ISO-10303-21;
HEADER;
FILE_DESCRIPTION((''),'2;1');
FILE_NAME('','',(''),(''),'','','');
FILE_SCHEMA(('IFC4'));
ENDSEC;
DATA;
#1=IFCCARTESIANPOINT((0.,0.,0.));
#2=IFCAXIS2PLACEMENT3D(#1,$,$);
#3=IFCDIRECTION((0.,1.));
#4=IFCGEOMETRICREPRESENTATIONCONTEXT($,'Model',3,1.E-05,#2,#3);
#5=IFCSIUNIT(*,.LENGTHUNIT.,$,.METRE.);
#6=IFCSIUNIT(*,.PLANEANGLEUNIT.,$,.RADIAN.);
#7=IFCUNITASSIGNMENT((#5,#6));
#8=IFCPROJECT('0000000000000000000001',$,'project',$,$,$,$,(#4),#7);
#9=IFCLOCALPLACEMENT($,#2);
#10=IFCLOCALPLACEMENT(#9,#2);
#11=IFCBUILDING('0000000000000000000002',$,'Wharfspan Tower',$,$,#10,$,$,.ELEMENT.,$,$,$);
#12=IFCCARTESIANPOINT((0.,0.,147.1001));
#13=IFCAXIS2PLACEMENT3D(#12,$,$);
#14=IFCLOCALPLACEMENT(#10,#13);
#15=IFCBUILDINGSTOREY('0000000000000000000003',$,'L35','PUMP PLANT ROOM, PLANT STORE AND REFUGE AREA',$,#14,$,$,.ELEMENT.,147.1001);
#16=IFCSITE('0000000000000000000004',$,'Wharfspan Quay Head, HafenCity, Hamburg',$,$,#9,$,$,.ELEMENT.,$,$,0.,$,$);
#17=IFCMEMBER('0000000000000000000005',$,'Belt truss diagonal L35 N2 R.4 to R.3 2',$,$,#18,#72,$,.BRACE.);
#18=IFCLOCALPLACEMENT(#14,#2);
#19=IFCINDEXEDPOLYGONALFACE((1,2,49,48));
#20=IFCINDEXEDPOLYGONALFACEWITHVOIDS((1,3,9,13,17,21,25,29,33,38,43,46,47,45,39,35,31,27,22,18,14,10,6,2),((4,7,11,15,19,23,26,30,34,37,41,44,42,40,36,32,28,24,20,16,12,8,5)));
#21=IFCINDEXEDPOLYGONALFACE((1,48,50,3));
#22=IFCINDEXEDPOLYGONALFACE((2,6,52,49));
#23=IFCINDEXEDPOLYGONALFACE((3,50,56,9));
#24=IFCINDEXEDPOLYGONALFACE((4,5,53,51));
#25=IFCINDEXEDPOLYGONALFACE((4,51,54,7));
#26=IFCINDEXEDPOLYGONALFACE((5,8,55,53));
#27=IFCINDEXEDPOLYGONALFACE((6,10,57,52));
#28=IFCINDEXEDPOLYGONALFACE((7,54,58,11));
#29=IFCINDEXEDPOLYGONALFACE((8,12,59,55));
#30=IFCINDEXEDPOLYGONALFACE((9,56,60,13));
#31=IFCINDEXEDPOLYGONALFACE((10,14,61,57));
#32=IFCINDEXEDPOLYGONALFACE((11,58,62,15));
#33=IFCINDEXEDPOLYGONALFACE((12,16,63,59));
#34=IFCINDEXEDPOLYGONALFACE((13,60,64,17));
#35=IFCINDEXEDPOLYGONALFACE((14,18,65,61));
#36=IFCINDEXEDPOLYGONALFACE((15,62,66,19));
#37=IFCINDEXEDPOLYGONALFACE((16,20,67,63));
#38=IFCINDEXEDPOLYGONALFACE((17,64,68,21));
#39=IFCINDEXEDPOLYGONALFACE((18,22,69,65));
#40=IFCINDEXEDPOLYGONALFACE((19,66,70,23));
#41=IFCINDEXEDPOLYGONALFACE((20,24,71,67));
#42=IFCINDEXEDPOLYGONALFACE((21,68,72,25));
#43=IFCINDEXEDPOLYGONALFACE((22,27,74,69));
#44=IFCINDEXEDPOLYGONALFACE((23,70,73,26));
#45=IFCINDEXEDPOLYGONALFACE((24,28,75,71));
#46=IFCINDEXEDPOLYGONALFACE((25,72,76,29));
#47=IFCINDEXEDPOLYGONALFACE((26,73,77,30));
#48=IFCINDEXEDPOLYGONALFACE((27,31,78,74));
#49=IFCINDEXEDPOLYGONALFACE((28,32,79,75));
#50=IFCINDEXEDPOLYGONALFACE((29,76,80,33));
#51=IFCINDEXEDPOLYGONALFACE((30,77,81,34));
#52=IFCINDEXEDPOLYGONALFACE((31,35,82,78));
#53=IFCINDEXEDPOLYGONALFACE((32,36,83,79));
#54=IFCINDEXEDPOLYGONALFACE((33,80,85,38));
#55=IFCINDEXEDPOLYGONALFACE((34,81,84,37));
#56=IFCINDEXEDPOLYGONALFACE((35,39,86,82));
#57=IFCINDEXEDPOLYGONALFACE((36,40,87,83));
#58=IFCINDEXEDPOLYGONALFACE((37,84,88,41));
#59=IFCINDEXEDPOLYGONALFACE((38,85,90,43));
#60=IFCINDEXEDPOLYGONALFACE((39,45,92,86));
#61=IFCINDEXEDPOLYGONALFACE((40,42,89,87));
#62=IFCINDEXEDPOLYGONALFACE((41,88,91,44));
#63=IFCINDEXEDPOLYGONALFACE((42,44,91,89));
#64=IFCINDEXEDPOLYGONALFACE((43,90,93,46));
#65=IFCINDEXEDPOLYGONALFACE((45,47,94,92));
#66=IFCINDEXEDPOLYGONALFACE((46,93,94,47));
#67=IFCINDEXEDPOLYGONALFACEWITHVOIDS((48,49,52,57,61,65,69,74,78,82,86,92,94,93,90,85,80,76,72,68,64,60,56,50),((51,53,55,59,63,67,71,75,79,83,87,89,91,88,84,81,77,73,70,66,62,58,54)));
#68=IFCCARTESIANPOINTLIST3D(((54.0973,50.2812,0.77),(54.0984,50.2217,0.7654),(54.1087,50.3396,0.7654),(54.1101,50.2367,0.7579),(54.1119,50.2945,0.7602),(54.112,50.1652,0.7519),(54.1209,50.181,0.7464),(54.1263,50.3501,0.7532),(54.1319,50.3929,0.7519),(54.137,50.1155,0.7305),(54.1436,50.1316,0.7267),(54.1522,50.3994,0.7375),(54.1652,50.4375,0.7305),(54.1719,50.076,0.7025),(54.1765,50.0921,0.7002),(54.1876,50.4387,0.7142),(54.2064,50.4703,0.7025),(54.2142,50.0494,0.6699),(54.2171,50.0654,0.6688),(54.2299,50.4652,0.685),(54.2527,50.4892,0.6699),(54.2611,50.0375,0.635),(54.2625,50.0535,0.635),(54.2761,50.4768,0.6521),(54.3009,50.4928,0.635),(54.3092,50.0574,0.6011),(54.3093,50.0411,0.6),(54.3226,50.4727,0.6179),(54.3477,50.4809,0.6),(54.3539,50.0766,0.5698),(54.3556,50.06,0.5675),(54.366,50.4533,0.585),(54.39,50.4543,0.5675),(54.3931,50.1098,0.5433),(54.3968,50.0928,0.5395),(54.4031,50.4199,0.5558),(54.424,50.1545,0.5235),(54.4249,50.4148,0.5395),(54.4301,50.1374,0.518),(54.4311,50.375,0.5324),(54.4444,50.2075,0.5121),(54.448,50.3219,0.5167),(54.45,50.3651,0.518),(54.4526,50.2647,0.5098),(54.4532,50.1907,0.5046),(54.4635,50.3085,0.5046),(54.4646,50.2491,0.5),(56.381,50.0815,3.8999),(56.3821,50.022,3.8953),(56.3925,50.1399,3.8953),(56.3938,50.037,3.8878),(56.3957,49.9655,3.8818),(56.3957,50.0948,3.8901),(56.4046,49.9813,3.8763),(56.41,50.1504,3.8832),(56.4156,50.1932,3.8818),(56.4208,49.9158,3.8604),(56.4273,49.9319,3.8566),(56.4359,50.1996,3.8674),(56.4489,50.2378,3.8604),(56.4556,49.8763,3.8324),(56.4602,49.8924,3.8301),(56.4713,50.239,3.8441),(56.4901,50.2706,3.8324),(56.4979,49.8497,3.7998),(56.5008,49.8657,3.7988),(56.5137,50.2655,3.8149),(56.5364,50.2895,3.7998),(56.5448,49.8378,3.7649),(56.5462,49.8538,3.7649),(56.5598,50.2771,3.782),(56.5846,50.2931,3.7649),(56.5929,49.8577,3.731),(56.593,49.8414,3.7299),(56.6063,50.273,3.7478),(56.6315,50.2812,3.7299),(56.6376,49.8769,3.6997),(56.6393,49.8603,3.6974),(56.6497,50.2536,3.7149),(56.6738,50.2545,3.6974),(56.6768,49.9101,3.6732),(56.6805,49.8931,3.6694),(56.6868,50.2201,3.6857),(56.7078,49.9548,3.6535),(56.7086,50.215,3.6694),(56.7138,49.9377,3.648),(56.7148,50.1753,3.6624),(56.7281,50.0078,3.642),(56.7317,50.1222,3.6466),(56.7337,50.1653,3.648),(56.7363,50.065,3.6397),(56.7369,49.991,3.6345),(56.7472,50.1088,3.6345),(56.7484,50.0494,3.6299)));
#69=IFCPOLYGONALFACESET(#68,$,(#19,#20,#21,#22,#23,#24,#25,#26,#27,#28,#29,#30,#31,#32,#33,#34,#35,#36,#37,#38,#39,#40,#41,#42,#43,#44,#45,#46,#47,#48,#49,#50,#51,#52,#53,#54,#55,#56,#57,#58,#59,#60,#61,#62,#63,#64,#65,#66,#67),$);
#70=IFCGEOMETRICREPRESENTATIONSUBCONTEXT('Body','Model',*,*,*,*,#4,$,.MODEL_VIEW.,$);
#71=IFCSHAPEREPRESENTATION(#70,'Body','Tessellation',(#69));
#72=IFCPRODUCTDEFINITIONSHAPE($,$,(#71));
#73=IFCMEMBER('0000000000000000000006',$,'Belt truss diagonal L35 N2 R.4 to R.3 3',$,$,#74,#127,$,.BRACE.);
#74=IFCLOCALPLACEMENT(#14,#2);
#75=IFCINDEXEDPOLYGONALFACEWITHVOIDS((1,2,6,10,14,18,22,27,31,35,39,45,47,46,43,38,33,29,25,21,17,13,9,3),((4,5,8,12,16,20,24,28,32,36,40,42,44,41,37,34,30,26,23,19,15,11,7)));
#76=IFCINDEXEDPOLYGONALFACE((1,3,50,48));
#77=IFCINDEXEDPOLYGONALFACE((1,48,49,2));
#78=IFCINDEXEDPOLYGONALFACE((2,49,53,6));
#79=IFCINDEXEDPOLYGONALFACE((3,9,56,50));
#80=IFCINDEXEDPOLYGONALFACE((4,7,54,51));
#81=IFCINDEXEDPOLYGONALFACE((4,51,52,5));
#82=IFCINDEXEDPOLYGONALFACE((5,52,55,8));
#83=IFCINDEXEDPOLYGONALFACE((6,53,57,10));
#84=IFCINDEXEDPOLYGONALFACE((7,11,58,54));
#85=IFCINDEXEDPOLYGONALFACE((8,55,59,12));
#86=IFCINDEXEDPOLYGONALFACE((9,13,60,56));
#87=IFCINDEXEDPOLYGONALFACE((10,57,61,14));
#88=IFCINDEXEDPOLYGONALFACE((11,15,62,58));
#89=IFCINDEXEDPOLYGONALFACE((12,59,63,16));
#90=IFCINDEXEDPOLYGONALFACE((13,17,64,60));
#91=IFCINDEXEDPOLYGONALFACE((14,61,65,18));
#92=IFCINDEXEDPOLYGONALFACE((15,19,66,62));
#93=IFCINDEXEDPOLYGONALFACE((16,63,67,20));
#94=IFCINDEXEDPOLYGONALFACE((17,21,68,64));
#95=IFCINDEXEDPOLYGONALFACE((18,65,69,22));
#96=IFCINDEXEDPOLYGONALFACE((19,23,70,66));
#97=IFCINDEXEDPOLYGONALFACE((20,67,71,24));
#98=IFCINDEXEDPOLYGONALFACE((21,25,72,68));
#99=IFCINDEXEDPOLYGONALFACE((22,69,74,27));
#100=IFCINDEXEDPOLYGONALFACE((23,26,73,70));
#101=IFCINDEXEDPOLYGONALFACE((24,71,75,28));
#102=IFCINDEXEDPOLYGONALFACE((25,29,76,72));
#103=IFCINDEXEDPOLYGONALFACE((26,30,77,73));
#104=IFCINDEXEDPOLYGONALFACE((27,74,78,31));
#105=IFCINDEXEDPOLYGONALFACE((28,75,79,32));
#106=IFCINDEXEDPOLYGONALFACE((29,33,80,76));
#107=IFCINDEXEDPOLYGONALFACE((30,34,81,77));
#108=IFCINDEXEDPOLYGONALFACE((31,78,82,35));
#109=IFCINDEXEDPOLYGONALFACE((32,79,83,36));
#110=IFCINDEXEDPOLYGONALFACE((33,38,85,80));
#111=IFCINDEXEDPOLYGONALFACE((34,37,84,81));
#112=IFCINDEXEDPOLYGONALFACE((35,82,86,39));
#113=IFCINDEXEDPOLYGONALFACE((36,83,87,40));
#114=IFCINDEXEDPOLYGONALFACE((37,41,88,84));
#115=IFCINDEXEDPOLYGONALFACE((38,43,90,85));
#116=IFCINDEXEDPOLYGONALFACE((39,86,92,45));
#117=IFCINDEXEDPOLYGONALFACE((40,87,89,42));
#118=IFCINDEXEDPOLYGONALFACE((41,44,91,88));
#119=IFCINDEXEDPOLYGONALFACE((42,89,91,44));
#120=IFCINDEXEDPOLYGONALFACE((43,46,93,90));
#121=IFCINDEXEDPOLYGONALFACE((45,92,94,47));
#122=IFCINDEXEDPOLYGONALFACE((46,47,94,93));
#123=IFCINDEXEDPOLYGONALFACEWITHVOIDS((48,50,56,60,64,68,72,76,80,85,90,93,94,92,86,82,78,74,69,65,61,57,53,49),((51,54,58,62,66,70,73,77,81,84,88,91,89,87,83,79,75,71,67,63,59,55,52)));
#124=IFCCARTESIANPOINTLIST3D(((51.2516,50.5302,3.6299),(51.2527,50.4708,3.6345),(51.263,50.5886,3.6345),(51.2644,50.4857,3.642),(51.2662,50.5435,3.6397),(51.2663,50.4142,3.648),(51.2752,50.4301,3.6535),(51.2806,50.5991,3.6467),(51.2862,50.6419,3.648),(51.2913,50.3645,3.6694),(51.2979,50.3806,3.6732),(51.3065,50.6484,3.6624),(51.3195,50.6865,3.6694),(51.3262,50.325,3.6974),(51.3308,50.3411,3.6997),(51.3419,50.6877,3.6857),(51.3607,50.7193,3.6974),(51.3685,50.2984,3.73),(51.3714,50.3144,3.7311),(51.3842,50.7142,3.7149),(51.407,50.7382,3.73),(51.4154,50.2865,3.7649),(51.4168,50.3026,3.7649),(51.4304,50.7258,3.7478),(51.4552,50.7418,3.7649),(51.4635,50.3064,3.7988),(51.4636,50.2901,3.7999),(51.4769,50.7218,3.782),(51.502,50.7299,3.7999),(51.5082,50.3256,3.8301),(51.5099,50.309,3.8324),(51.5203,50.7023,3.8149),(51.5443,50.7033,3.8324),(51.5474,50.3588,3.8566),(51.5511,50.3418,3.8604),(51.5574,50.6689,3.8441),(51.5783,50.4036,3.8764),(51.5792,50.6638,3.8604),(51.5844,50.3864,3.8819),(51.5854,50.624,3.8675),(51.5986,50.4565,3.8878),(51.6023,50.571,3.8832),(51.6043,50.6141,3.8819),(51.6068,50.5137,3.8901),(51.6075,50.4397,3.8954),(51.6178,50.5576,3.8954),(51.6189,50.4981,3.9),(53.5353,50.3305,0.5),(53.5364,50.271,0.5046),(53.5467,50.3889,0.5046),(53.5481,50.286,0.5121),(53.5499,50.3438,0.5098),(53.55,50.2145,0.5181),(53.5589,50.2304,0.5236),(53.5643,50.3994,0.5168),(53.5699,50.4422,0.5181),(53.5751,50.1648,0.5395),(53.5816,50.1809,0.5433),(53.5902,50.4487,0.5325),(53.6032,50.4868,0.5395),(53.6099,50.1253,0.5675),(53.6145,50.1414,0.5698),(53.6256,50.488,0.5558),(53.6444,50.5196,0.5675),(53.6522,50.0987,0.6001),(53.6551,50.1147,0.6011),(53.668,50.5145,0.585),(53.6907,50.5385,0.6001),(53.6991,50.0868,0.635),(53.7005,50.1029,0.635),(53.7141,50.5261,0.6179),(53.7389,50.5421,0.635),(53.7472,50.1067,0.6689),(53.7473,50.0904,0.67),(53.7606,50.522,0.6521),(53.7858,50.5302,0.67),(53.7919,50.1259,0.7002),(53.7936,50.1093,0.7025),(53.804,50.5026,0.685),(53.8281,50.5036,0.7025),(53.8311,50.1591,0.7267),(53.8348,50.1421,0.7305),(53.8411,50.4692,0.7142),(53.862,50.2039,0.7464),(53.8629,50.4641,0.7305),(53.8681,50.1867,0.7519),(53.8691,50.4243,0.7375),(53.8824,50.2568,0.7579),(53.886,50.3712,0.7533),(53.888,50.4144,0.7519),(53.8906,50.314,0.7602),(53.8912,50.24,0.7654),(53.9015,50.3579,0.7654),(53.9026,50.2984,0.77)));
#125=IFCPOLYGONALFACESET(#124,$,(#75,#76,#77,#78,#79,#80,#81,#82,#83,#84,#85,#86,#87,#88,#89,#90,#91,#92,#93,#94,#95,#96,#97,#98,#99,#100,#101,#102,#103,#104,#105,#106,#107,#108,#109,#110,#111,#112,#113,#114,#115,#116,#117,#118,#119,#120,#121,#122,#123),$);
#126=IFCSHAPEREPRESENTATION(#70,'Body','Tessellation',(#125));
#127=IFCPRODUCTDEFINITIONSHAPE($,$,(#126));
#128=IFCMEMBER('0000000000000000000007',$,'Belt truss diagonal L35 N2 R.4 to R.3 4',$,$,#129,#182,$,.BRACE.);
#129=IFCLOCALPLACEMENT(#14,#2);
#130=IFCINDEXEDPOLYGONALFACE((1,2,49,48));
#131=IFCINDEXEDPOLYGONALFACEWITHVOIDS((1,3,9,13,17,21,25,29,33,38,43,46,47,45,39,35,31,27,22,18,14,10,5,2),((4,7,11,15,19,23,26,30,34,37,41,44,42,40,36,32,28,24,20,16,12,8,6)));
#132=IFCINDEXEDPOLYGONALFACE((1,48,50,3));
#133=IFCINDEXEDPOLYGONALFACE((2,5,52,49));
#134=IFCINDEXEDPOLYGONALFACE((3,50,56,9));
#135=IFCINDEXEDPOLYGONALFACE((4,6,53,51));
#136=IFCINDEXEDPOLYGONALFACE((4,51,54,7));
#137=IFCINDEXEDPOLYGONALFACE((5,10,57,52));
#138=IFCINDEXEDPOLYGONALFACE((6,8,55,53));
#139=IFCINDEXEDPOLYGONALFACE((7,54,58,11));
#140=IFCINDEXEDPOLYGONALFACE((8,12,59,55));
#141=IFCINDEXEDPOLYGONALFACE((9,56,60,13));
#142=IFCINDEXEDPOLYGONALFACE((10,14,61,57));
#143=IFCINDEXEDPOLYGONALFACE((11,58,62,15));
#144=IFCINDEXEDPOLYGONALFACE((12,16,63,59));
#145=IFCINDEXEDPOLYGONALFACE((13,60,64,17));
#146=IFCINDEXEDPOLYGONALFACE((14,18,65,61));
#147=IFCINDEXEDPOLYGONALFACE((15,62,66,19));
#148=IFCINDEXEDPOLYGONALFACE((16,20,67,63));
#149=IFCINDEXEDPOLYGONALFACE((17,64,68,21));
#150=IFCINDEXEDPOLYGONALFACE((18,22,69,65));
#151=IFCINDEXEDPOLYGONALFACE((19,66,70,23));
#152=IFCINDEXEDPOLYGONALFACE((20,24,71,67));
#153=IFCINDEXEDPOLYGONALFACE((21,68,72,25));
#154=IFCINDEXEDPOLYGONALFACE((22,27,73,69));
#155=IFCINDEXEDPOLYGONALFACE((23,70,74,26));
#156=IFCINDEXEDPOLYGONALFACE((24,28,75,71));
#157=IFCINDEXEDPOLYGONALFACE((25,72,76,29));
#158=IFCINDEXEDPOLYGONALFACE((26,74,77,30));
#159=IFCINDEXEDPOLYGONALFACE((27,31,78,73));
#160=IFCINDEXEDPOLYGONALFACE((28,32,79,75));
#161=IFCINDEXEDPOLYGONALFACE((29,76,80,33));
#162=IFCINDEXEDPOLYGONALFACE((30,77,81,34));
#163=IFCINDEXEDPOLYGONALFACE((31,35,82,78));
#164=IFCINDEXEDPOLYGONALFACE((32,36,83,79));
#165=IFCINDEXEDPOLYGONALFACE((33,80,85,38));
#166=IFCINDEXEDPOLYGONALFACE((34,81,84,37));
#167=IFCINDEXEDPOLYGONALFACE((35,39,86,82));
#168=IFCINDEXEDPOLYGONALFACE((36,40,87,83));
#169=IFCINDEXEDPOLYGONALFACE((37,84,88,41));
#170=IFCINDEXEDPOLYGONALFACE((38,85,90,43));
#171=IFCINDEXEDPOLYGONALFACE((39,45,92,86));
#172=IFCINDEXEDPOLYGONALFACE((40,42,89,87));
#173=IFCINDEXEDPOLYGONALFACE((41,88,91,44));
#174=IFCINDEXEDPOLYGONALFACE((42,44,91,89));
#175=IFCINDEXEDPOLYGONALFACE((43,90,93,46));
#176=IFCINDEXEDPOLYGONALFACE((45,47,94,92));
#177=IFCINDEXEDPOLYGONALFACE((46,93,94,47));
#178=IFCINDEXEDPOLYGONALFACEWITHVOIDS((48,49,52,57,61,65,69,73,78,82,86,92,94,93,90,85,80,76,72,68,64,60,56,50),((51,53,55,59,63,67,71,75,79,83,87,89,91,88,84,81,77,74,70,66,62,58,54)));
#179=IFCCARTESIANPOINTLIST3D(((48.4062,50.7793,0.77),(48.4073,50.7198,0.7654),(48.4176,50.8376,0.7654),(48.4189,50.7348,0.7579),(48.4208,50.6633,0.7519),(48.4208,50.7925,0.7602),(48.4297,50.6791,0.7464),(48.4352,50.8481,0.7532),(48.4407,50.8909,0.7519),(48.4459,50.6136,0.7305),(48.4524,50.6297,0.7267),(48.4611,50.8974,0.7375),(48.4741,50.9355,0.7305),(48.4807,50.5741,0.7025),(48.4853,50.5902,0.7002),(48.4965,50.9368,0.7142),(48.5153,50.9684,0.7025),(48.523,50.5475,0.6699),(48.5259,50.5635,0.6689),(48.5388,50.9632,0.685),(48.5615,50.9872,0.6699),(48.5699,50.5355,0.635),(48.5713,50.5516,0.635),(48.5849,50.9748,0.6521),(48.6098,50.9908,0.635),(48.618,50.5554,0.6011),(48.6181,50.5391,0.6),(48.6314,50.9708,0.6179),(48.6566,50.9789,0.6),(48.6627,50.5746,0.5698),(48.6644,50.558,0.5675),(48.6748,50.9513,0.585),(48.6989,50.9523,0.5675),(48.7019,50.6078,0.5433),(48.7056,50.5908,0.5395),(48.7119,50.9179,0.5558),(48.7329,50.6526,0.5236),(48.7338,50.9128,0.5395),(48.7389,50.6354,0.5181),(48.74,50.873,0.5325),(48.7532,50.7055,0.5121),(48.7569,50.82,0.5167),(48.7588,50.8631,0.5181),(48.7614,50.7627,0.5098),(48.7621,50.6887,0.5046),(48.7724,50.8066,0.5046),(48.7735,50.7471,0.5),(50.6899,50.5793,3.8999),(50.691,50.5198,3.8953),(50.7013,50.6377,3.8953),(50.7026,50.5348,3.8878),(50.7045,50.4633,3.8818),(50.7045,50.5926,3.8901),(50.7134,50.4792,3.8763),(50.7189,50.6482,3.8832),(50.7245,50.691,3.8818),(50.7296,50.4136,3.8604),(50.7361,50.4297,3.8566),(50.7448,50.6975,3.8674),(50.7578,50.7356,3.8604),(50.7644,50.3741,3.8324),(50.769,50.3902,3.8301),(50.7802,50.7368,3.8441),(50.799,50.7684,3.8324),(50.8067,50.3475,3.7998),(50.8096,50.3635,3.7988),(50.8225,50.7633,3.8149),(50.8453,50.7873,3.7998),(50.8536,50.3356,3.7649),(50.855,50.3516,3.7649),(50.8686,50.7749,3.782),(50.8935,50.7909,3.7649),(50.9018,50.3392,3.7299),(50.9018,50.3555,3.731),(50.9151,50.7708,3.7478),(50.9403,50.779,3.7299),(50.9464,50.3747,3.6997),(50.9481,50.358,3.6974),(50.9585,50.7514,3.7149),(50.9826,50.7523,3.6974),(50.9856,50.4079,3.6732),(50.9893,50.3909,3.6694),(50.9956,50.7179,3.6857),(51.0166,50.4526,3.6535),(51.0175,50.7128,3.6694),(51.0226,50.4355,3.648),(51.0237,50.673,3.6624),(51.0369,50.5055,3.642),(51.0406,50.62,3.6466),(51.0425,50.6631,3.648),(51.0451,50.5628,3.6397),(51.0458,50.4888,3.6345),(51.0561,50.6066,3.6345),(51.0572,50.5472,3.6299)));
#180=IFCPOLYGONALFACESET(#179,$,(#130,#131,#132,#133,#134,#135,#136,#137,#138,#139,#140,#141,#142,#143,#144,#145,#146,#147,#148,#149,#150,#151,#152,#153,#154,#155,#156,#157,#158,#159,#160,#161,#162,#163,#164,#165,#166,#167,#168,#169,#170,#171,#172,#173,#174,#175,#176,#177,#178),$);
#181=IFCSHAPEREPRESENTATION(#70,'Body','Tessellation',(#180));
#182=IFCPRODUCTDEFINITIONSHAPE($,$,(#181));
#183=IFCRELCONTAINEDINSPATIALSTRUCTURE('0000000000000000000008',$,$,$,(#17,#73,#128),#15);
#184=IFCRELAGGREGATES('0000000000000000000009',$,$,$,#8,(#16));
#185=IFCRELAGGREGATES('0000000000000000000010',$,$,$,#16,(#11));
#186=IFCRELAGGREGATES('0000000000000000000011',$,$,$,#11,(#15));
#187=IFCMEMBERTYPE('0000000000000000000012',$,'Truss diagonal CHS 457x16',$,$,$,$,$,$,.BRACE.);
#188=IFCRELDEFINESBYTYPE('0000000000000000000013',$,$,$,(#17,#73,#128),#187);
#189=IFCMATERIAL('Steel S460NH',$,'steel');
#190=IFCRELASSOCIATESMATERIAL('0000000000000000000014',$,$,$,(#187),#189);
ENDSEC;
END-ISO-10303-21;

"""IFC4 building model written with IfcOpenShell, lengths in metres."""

from ifc_helpers import new_model, si_unit, direction, frame, origin, origin_2d, place, context, subcontext, project, spatial, hollow_circle, extrude, material, material_profile, profile_set, type_object, element, save


model = new_model("IFC4")

# Units and contexts
model_context = context("Model", 3, precision=1e-05, world=origin(), true_north=direction((0.0, 1.0)))
body_context = subcontext(model_context, "Body", "Model", "MODEL_VIEW")
ifc_project = project(units=[si_unit("LENGTHUNIT", "METRE"), si_unit("PLANEANGLEUNIT", "RADIAN")], contexts=[model_context])

# Site, building, storey
site_placement = place(None, origin())
site = spatial("IfcSite", under=ifc_project, at=site_placement, Name="Wharfspan Quay Head, HafenCity, Hamburg", CompositionType="ELEMENT", RefElevation=0.0)
building_placement = place(site_placement, origin())
building = spatial("IfcBuilding", under=site, at=building_placement, Name="Wharfspan Tower", CompositionType="ELEMENT")
storey_placement = place(building_placement, frame((0.0, 0.0, 147.1001)))
storey = spatial("IfcBuildingStorey", under=building, at=storey_placement, Name="L35", Description="PUMP PLANT ROOM, PLANT STORE AND REFUGE AREA", CompositionType="ELEMENT", Elevation=147.1001)

# Members
ifc_material_1 = material(Name="Steel S460NH", Category="steel")
ifc_material_profile_1 = material_profile(ifc_material_1, hollow_circle(Radius=0.2285, WallThickness=0.0161, at=origin_2d()))
ifc_profile_set_1 = profile_set([ifc_material_profile_1], Name="Steel S460NH")
member_type_1 = type_object("IfcMemberType", Name="Truss diagonal CHS 457x16", PredefinedType="BRACE", material=ifc_profile_set_1)
for number, where, z_axis, x_axis, name in (
    (1, (56.5647, 50.0654, 3.7649), (-0.588641, 0.051476, -0.806754), (-0.087114, -0.996202, -0.000002), "Belt truss diagonal L35 N2 R.4 to R.3 2"),
    (2, (53.719, 50.3145, 0.635), (-0.588641, 0.051476, 0.806754), (-0.087114, -0.996202, 0.000002), "Belt truss diagonal L35 N2 R.4 to R.3 3"),
    (3, (50.8735, 50.5632, 3.7649), (-0.588639, 0.051539, -0.806751), (-0.087224, -0.99619, 0.000001), "Belt truss diagonal L35 N2 R.4 to R.3 4"),
):
    element("IfcMember", number, at=place(storey_placement, frame(where, z_axis=z_axis, x_axis=x_axis)), inside=storey, type_object=member_type_1, Name=name, PredefinedType="BRACE", context=body_context, shape_type="SweptSolid", body=[
        extrude(hollow_circle(Radius=0.2285, WallThickness=0.0161, at=origin_2d()), origin(), (0.0, 0.0, 1.0), 3.8796),
    ])

save(model, "model.ifc")
